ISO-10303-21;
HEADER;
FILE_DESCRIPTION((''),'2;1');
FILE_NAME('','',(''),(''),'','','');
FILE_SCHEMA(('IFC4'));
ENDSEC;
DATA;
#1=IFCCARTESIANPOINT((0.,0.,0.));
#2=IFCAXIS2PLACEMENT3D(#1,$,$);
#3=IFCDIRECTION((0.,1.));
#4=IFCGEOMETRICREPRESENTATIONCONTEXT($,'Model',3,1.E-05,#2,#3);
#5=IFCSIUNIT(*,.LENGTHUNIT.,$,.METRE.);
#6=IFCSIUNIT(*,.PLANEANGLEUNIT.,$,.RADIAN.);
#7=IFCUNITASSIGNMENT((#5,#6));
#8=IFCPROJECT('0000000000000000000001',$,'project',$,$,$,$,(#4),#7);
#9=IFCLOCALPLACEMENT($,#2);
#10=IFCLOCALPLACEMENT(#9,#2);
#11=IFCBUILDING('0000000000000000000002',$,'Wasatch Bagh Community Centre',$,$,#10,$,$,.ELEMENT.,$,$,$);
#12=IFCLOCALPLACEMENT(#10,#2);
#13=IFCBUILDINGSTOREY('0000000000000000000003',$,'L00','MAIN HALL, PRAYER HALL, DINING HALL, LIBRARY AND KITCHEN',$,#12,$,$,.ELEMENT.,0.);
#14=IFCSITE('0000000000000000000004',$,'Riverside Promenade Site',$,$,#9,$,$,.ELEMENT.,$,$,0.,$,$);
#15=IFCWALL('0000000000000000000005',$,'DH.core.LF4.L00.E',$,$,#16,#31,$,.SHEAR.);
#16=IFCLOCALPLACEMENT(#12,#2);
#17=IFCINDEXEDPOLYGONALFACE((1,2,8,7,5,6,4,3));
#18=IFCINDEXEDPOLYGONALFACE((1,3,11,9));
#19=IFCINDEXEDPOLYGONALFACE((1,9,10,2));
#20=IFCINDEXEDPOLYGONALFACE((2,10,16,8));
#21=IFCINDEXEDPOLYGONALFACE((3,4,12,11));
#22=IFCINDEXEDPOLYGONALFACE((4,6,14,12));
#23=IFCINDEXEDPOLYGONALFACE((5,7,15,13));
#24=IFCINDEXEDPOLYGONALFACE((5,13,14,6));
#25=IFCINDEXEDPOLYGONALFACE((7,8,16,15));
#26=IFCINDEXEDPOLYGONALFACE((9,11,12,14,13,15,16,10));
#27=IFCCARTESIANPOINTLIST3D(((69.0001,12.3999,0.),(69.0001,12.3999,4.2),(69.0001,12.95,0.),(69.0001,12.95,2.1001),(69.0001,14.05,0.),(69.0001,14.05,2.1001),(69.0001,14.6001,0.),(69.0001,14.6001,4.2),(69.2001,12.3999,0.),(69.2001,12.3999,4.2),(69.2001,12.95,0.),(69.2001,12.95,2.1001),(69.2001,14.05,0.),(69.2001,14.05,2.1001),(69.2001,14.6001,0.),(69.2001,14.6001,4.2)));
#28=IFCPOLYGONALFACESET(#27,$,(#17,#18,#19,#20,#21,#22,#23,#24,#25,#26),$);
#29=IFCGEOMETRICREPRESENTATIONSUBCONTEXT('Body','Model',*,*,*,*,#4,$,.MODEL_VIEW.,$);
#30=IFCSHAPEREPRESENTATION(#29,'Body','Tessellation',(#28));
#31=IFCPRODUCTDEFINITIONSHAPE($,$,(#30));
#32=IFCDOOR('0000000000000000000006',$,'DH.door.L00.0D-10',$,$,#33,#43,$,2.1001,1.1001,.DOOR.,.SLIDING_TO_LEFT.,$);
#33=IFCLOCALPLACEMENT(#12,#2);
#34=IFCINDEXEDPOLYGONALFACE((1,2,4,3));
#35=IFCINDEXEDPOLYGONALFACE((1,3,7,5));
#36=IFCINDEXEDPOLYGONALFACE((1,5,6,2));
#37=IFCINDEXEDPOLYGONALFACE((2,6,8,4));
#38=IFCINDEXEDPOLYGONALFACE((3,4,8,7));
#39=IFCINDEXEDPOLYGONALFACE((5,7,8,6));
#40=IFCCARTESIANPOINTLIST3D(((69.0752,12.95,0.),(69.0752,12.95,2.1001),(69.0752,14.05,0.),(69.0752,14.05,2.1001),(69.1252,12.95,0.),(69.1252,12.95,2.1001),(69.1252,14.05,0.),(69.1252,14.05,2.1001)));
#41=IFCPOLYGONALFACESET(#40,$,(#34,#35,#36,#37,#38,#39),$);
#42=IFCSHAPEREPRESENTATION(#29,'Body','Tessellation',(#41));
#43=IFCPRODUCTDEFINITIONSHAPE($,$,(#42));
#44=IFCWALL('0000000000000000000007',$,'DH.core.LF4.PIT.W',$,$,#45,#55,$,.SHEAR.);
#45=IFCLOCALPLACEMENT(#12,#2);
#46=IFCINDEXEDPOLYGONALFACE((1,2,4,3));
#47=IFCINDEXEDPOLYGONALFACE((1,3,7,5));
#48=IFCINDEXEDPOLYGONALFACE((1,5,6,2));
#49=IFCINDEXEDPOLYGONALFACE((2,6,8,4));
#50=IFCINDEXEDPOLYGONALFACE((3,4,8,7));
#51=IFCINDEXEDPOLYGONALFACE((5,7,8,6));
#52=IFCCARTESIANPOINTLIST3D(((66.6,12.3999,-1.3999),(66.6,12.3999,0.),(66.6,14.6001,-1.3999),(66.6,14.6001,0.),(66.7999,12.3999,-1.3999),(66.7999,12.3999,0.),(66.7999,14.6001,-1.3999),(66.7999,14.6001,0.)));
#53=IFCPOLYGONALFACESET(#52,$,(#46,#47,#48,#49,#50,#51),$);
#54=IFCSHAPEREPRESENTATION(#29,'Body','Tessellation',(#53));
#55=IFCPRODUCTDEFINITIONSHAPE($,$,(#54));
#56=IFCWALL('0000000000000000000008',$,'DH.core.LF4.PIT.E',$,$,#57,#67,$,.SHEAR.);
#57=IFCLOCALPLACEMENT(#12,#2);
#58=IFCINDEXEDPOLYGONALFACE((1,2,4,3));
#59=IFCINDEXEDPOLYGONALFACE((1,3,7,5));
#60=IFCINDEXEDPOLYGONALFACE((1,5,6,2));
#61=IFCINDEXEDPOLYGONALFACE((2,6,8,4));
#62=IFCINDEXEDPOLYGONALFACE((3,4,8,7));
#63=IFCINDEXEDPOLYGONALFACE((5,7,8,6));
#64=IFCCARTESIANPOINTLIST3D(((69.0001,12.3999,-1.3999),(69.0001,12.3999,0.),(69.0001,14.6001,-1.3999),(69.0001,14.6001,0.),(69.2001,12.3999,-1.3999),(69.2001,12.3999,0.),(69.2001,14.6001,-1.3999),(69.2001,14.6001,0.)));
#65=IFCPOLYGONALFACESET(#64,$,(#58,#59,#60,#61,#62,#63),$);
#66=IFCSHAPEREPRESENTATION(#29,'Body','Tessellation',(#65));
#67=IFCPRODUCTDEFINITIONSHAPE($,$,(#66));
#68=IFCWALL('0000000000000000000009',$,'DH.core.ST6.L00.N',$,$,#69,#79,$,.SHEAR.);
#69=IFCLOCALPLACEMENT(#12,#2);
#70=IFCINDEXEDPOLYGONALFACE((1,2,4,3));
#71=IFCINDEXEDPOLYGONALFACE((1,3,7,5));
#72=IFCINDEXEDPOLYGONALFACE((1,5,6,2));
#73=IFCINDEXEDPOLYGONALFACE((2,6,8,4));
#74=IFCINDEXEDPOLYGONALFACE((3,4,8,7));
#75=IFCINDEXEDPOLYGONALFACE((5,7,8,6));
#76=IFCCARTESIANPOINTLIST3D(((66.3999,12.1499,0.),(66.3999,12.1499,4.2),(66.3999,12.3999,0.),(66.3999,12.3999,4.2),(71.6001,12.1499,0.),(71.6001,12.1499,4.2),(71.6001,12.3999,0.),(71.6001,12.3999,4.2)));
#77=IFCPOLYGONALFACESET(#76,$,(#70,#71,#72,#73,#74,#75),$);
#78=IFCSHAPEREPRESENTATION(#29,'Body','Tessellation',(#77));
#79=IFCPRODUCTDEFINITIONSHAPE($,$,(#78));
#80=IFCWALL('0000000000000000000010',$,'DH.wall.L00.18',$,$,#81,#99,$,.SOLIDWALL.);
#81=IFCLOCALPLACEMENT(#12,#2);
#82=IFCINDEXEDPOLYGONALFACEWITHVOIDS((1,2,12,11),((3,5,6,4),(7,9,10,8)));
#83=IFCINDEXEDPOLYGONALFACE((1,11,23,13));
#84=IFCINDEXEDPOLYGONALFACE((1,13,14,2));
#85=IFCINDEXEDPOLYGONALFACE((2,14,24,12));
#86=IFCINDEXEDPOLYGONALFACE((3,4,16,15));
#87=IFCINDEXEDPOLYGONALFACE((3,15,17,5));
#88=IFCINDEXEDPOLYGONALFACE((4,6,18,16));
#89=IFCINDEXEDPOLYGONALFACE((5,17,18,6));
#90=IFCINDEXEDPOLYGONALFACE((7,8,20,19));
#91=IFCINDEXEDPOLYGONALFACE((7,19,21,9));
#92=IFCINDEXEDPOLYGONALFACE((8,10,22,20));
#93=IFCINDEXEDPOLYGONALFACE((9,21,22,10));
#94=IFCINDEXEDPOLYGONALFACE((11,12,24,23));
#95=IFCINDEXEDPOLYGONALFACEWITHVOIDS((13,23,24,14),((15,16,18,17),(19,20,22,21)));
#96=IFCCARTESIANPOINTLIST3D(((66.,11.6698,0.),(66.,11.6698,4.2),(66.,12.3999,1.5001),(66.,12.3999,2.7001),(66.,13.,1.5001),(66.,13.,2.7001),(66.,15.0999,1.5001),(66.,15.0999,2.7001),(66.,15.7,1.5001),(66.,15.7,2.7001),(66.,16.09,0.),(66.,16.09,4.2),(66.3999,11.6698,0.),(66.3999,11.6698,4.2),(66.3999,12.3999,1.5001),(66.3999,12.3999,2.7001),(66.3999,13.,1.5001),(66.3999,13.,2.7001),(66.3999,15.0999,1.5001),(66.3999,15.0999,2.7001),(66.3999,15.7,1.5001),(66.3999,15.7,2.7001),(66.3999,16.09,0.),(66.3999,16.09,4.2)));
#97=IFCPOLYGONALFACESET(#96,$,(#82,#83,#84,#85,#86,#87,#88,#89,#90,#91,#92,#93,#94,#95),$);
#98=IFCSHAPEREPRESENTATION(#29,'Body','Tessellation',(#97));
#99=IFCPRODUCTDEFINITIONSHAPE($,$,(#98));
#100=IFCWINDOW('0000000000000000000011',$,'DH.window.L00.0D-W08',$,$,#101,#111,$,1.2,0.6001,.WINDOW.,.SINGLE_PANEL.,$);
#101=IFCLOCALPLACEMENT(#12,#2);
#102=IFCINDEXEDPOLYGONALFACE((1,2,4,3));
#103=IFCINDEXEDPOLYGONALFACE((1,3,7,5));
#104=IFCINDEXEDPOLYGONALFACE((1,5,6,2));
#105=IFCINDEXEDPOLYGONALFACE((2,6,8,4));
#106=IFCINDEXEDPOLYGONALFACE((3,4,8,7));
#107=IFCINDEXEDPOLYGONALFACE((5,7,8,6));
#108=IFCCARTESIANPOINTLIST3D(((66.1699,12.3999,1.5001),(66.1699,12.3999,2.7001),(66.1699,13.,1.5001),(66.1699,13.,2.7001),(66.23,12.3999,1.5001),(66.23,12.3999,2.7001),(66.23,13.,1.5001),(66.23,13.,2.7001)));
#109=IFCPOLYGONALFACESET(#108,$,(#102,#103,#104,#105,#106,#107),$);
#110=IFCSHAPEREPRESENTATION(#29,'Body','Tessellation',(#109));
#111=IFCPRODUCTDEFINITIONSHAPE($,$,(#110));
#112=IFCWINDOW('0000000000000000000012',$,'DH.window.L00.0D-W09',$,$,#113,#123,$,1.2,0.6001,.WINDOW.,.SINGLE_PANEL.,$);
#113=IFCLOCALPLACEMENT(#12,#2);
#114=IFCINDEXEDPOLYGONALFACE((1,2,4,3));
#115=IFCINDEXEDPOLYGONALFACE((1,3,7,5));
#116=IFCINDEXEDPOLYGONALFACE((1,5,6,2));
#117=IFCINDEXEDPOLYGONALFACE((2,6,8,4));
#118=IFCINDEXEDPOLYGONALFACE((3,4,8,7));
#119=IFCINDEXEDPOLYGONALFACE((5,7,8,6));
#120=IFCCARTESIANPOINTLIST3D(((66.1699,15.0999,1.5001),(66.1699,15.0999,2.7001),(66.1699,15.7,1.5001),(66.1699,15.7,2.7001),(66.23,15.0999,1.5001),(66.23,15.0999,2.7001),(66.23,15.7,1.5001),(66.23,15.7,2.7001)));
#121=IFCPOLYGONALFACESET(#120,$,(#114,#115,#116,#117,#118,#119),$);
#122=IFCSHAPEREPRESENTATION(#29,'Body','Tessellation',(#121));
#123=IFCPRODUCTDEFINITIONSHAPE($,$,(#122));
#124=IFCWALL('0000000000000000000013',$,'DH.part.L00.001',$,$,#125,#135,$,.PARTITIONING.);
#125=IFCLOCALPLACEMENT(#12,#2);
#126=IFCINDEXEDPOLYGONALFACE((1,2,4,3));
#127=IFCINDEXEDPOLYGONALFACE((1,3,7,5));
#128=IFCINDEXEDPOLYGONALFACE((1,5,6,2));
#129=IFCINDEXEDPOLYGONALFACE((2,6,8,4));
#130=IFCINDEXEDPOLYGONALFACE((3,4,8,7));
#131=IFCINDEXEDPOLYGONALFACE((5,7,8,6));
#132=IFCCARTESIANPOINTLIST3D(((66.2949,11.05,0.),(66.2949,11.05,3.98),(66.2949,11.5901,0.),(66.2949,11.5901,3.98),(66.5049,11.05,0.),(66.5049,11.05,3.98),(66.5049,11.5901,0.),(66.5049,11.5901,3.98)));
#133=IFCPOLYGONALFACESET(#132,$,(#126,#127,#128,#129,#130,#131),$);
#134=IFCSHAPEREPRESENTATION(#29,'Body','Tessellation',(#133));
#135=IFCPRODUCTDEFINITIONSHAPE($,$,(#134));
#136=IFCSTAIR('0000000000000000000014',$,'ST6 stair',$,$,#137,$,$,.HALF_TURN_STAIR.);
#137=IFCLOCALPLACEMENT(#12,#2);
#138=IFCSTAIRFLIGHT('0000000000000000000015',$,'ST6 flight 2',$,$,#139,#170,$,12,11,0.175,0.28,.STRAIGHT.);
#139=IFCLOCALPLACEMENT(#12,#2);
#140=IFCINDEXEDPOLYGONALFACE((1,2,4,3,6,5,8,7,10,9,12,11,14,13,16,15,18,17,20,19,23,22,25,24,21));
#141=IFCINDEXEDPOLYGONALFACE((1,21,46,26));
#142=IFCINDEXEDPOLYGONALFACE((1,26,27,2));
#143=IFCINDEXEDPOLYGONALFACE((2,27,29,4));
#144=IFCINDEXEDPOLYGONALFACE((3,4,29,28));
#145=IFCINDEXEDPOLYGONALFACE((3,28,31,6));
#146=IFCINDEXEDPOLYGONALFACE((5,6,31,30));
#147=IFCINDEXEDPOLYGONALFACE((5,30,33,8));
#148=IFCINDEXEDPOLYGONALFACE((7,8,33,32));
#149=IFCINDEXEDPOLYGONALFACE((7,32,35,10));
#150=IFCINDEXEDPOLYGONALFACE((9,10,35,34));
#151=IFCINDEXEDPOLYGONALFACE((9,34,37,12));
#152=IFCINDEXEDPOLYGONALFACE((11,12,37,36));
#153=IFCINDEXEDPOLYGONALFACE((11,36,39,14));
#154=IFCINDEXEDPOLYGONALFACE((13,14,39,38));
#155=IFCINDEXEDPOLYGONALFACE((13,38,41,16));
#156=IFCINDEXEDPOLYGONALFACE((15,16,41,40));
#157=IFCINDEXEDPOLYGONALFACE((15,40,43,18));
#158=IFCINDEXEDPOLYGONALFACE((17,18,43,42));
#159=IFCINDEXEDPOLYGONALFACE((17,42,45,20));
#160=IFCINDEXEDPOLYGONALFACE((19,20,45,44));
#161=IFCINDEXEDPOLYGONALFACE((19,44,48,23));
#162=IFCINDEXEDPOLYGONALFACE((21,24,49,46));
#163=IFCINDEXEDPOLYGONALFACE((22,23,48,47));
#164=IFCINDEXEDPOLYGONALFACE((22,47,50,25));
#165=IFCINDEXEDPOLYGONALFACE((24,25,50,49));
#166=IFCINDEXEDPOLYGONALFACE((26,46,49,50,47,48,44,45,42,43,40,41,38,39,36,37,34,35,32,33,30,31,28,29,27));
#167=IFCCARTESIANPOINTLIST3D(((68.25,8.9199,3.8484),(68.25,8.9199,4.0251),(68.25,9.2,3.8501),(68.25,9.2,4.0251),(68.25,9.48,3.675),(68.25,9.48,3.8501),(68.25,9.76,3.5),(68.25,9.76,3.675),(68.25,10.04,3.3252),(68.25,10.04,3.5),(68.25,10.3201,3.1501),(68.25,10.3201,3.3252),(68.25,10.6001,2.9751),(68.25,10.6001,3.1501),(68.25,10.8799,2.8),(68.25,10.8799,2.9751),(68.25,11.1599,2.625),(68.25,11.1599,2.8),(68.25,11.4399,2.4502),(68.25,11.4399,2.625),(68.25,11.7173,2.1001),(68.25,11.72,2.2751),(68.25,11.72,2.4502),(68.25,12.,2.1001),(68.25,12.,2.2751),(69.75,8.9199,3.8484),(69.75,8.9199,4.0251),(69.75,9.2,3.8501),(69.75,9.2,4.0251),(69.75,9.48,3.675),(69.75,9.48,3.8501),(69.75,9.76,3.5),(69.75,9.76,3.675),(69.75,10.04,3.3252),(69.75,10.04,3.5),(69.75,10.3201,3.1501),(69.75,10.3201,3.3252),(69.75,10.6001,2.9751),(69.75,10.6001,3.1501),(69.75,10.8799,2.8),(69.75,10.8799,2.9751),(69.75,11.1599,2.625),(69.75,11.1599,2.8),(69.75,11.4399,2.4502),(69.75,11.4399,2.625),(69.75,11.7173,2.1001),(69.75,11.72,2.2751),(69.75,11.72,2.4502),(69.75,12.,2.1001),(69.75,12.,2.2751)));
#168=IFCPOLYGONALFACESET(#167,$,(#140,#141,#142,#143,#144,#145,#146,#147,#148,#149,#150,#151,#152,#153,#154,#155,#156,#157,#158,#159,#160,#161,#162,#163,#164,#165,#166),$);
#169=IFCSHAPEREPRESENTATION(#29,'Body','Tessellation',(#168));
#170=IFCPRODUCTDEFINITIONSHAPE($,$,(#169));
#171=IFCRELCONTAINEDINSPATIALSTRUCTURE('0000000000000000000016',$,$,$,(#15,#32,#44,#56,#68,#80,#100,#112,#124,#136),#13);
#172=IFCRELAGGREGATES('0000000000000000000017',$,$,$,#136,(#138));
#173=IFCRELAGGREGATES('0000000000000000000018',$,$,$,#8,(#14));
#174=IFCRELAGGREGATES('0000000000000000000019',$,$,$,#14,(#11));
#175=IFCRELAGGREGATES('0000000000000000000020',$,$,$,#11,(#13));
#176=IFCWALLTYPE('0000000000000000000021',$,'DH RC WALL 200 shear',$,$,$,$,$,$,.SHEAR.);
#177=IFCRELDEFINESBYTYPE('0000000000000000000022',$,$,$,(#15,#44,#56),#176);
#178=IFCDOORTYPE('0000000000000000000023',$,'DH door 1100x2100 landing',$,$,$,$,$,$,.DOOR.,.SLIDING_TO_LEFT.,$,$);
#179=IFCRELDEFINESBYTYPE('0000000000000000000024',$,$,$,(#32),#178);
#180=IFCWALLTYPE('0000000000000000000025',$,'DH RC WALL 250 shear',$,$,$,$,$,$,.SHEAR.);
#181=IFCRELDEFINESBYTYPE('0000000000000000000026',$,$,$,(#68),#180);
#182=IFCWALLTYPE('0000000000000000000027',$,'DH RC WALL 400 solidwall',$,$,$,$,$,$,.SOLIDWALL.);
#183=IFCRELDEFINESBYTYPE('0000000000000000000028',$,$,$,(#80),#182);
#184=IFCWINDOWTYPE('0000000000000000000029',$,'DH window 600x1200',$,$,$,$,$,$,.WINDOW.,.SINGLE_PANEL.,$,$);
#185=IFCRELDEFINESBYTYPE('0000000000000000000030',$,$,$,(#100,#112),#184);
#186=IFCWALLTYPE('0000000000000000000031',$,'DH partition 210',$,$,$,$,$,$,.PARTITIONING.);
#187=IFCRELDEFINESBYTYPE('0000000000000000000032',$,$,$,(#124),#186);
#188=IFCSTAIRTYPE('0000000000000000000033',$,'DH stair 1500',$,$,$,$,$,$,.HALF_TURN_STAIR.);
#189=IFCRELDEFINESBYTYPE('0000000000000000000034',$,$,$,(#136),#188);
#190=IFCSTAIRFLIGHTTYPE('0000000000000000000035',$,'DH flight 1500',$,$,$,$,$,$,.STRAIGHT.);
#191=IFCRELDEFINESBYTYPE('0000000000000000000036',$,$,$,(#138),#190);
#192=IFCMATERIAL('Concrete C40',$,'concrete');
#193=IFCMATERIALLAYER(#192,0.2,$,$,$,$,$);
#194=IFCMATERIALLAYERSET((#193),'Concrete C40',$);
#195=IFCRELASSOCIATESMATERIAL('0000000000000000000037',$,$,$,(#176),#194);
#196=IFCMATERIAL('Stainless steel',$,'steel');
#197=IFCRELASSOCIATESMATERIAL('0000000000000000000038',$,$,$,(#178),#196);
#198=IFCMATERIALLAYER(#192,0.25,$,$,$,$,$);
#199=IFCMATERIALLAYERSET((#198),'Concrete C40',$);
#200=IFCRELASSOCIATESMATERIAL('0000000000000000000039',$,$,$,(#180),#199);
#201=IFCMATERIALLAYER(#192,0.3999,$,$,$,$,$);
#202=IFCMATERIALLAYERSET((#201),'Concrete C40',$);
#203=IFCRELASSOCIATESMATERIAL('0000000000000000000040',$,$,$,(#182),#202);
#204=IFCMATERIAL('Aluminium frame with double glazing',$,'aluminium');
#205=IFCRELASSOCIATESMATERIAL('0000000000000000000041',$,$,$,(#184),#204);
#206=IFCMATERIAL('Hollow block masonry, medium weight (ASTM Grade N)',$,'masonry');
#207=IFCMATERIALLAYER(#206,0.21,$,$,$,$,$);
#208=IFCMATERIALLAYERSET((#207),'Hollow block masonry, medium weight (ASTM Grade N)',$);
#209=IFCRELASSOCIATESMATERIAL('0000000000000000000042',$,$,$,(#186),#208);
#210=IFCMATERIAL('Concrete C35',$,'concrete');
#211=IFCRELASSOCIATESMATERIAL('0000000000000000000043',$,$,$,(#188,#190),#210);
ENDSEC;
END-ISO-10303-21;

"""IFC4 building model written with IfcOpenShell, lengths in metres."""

from ifc_helpers import new_model, si_unit, direction, frame, frame_2d, origin, place, context, subcontext, project, spatial, polyline, rectangle, outline, extrude, material, layer, layer_set, type_object, element, fill, aggregate, save


model = new_model("IFC4")

# Units and contexts
model_context = context("Model", 3, precision=1e-05, world=origin(), true_north=direction((0.0, 1.0)))
body_context = subcontext(model_context, "Body", "Model", "MODEL_VIEW")
ifc_project = project(units=[si_unit("LENGTHUNIT", "METRE"), si_unit("PLANEANGLEUNIT", "RADIAN")], contexts=[model_context])

# Site, building, storey
site_placement = place(None, origin())
site = spatial("IfcSite", under=ifc_project, at=site_placement, Name="Riverside Promenade Site", CompositionType="ELEMENT", RefElevation=0.0)
building_placement = place(site_placement, origin())
building = spatial("IfcBuilding", under=site, at=building_placement, Name="Wasatch Bagh Community Centre", CompositionType="ELEMENT")
storey_placement = place(building_placement, origin())
storey = spatial("IfcBuildingStorey", under=building, at=storey_placement, Name="L00", Description="MAIN HALL, PRAYER HALL, DINING HALL, LIBRARY AND KITCHEN", CompositionType="ELEMENT", Elevation=0.0)

# Shared definitions
ifc_material_1 = material(Name="Concrete C35", Category="concrete")

# Shared definitions
ifc_material_2 = material(Name="Concrete C40", Category="concrete")

# Shared definitions
ifc_layer_1 = layer(ifc_material_2, 0.2)
ifc_layer_set_1 = layer_set([ifc_layer_1], Name="Concrete C40")
wall_type_1 = type_object("IfcWallType", Name="DH RC WALL 200 shear", PredefinedType="SHEAR", material=ifc_layer_set_1)

# Wall, opening, door
wall_1_placement = place(storey_placement, frame((69.1001, 12.3999, 0.0), z_axis=(0.0, 0.0, 1.0), x_axis=(0.0, 1.0, 0.0)))
wall_1 = element("IfcWall", 1, at=wall_1_placement, inside=storey, type_object=wall_type_1, Name="DH.core.LF4.L00.E", PredefinedType="SHEAR", context=body_context, shape_type="SweptSolid", body=[
    extrude(rectangle(XDim=2.2002, YDim=0.2, at=frame_2d((1.1001, 0.0))), origin(), (0.0, 0.0, 1.0), 4.2),
])
opening_1_placement = place(wall_1_placement, frame((0.55, 0.0, 0.0)))
opening_1 = element("IfcOpeningElement", 2, at=opening_1_placement, cuts=wall_1, PredefinedType="OPENING", context=body_context, shape_type="SweptSolid", body=[
    extrude(rectangle(XDim=1.1001, YDim=2.1001, at=frame_2d((0.55, 1.05))), frame((0.0, 0.1099, 0.0), z_axis=(0.0, -1.0, 0.0), x_axis=(1.0, 0.0, 0.0)), (0.0, 0.0, 1.0), 0.22),
])
ifc_material_3 = material(Name="Stainless steel", Category="steel")
door_type = type_object("IfcDoorType", Name="DH door 1100x2100 landing", OperationType="SLIDING_TO_LEFT", PredefinedType="DOOR", material=ifc_material_3)
door_placement = place(opening_1_placement, origin())
door = element("IfcDoor", 3, at=door_placement, inside=storey, type_object=door_type, Name="DH.door.L00.0D-10", OperationType="SLIDING_TO_LEFT", OverallHeight=2.1001, OverallWidth=1.1001, PredefinedType="DOOR", context=body_context, shape_type="SweptSolid", body=[
    extrude(rectangle(XDim=1.1001, YDim=2.1001, at=frame_2d((0.55, 1.05))), frame((0.0, 0.0249, 0.0), z_axis=(0.0, -1.0, 0.0), x_axis=(1.0, 0.0, 0.0)), (0.0, 0.0, 1.0), 0.05),
])
fill(opening_1, door)

# Walls
for number, where, z_axis, x_axis, name in (
    (4, (66.7, 12.3999, -1.3999), (0.0, 0.0, 1.0), (0.0, 1.0, 0.0), "DH.core.LF4.PIT.W"),
    (5, (69.1001, 12.3999, -1.3999), (0.0, 0.0, 1.0), (0.0, 1.0, 0.0), "DH.core.LF4.PIT.E"),
):
    element("IfcWall", number, at=place(storey_placement, frame(where, z_axis=z_axis, x_axis=x_axis)), inside=storey, type_object=wall_type_1, Name=name, PredefinedType="SHEAR", context=body_context, shape_type="SweptSolid", body=[
        extrude(rectangle(XDim=2.2002, YDim=0.2, at=frame_2d((1.1001, 0.0))), origin(), (0.0, 0.0, 1.0), 1.3999),
    ])
ifc_layer_2 = layer(ifc_material_2, 0.25)
ifc_layer_set_2 = layer_set([ifc_layer_2], Name="Concrete C40")
wall_type_2 = type_object("IfcWallType", Name="DH RC WALL 250 shear", PredefinedType="SHEAR", material=ifc_layer_set_2)
wall_2_placement = place(storey_placement, frame((66.3999, 12.2749, 0.0), z_axis=(0.0, 0.0, 1.0), x_axis=(1.0, 0.0, 0.0)))
element("IfcWall", 6, at=wall_2_placement, inside=storey, type_object=wall_type_2, Name="DH.core.ST6.L00.N", PredefinedType="SHEAR", context=body_context, shape_type="SweptSolid", body=[
    extrude(rectangle(XDim=5.2002, YDim=0.25, at=frame_2d((2.6001, 0.0))), origin(), (0.0, 0.0, 1.0), 4.2),
])

# Wall, openings, windows
ifc_layer_3 = layer(ifc_material_2, 0.3999)
ifc_layer_set_3 = layer_set([ifc_layer_3], Name="Concrete C40")
wall_type_3 = type_object("IfcWallType", Name="DH RC WALL 400 solidwall", PredefinedType="SOLIDWALL", material=ifc_layer_set_3)
wall_3_placement = place(storey_placement, frame((66.2, 11.6699, 0.0), z_axis=(0.0, 0.0, 1.0), x_axis=(0.0, 1.0, 0.0)))
wall_3 = element("IfcWall", 7, at=wall_3_placement, inside=storey, type_object=wall_type_3, Name="DH.wall.L00.18", PredefinedType="SOLIDWALL", context=body_context, shape_type="SweptSolid", body=[
    extrude(rectangle(XDim=4.4202, YDim=0.3999, at=frame_2d((2.21, 0.0))), origin(), (0.0, 0.0, 1.0), 4.2),
])
opening_2_placement = place(wall_3_placement, frame((0.73, 0.0, 1.5)))
opening_2 = element("IfcOpeningElement", 8, at=opening_2_placement, cuts=wall_3, PredefinedType="OPENING", context=body_context, shape_type="SweptSolid", body=[
    extrude(rectangle(XDim=0.6001, YDim=1.2, at=frame_2d((0.3, 0.6001))), frame((0.0, 0.21, 0.0), z_axis=(0.0, -1.0, 0.0), x_axis=(1.0, 0.0, 0.0)), (0.0, 0.0, 1.0), 0.4199),
])
opening_3_placement = place(wall_3_placement, frame((3.4299, 0.0, 1.5)))
opening_3 = element("IfcOpeningElement", 9, at=opening_3_placement, cuts=wall_3, PredefinedType="OPENING", context=body_context, shape_type="SweptSolid", body=[
    extrude(rectangle(XDim=0.6001, YDim=1.2, at=frame_2d((0.3, 0.6001))), frame((0.0, 0.21, 0.0), z_axis=(0.0, -1.0, 0.0), x_axis=(1.0, 0.0, 0.0)), (0.0, 0.0, 1.0), 0.4199),
])
ifc_material_4 = material(Name="Aluminium frame with double glazing", Category="aluminium")
window_type = type_object("IfcWindowType", Name="DH window 600x1200", PartitioningType="SINGLE_PANEL", PredefinedType="WINDOW", material=ifc_material_4)
window_1_placement = place(opening_2_placement, origin())
window_1 = element("IfcWindow", 10, at=window_1_placement, inside=storey, type_object=window_type, Name="DH.window.L00.0D-W08", OverallHeight=1.2, OverallWidth=0.6001, PartitioningType="SINGLE_PANEL", PredefinedType="WINDOW", context=body_context, shape_type="SweptSolid", body=[
    extrude(rectangle(XDim=0.6001, YDim=1.2, at=frame_2d((0.3, 0.6001))), frame((0.0, 0.03, 0.0), z_axis=(0.0, -1.0, 0.0), x_axis=(1.0, 0.0, 0.0)), (0.0, 0.0, 1.0), 0.0601),
])
fill(opening_2, window_1)
window_2_placement = place(opening_3_placement, origin())
window_2 = element("IfcWindow", 11, at=window_2_placement, inside=storey, type_object=window_type, Name="DH.window.L00.0D-W09", OverallHeight=1.2, OverallWidth=0.6001, PartitioningType="SINGLE_PANEL", PredefinedType="WINDOW", context=body_context, shape_type="SweptSolid", body=[
    extrude(rectangle(XDim=0.6001, YDim=1.2, at=frame_2d((0.3, 0.6001))), frame((0.0, 0.03, 0.0), z_axis=(0.0, -1.0, 0.0), x_axis=(1.0, 0.0, 0.0)), (0.0, 0.0, 1.0), 0.0601),
])
fill(opening_3, window_2)

# Wall
ifc_material_5 = material(Name="Hollow block masonry, medium weight (ASTM Grade N)", Category="masonry")
ifc_layer_4 = layer(ifc_material_5, 0.21)
ifc_layer_set_4 = layer_set([ifc_layer_4], Name="Hollow block masonry, medium weight (ASTM Grade N)")
wall_type_4 = type_object("IfcWallType", Name="DH partition 210", PredefinedType="PARTITIONING", material=ifc_layer_set_4)
wall_4_placement = place(storey_placement, frame((66.3999, 11.5901, 0.0), z_axis=(0.0, 0.0, 1.0), x_axis=(0.0, -1.0, 0.0)))
element("IfcWall", 12, at=wall_4_placement, inside=storey, type_object=wall_type_4, Name="DH.part.L00.001", PredefinedType="PARTITIONING", context=body_context, shape_type="SweptSolid", body=[
    extrude(rectangle(XDim=0.54, YDim=0.21, at=frame_2d((0.27, 0.0))), origin(), (0.0, 0.0, 1.0), 3.98),
])

# Stair, stair flight
stair_type = type_object("IfcStairType", Name="DH stair 1500", PredefinedType="HALF_TURN_STAIR", material=ifc_material_1)
stair_placement = place(storey_placement, origin())
stair = element("IfcStair", 13, at=stair_placement, inside=storey, type_object=stair_type, Name="ST6 stair", PredefinedType="HALF_TURN_STAIR")
stair_flight_type = type_object("IfcStairFlightType", Name="DH flight 1500", PredefinedType="STRAIGHT", material=ifc_material_1)
stair_flight_placement = place(storey_placement, frame((69.0, 12.0, 2.1001), z_axis=(0.0, 0.0, 1.0), x_axis=(0.0, -1.0, 0.0)))
stair_flight = element("IfcStairFlight", 14, at=stair_flight_placement, type_object=stair_flight_type, Name="ST6 flight 2", NumberOfRisers=12, NumberOfTreads=11, PredefinedType="STRAIGHT", RiserHeight=0.175, TreadLength=0.28, context=body_context, shape_type="SweptSolid", body=[
    extrude(outline(polyline([(0.0, 0.0), (0.0, 0.175), (0.28, 0.175), (0.28, 0.3501), (0.5601, 0.3501), (0.5601, 0.5249), (0.8401, 0.5249), (0.8401, 0.7), (1.1201, 0.7), (1.1201, 0.875), (1.3999, 0.875), (1.3999, 1.05), (1.6799, 1.05), (1.6799, 1.2251), (1.96, 1.2251), (1.96, 1.3999), (2.24, 1.3999), (2.24, 1.575), (2.52, 1.575), (2.52, 1.75), (2.8, 1.75), (2.8, 1.925), (3.0801, 1.925), (3.0801, 2.1001), (3.0801, 1.7483), (0.2827, 0.0), (0.0, 0.0)])), frame((0.0, 0.75, 0.0), z_axis=(0.0, -1.0, 0.0), x_axis=(1.0, 0.0, 0.0)), (0.0, 0.0, 1.0), 1.5),
])
aggregate(stair, [stair_flight])

save(model, "model.ifc")
